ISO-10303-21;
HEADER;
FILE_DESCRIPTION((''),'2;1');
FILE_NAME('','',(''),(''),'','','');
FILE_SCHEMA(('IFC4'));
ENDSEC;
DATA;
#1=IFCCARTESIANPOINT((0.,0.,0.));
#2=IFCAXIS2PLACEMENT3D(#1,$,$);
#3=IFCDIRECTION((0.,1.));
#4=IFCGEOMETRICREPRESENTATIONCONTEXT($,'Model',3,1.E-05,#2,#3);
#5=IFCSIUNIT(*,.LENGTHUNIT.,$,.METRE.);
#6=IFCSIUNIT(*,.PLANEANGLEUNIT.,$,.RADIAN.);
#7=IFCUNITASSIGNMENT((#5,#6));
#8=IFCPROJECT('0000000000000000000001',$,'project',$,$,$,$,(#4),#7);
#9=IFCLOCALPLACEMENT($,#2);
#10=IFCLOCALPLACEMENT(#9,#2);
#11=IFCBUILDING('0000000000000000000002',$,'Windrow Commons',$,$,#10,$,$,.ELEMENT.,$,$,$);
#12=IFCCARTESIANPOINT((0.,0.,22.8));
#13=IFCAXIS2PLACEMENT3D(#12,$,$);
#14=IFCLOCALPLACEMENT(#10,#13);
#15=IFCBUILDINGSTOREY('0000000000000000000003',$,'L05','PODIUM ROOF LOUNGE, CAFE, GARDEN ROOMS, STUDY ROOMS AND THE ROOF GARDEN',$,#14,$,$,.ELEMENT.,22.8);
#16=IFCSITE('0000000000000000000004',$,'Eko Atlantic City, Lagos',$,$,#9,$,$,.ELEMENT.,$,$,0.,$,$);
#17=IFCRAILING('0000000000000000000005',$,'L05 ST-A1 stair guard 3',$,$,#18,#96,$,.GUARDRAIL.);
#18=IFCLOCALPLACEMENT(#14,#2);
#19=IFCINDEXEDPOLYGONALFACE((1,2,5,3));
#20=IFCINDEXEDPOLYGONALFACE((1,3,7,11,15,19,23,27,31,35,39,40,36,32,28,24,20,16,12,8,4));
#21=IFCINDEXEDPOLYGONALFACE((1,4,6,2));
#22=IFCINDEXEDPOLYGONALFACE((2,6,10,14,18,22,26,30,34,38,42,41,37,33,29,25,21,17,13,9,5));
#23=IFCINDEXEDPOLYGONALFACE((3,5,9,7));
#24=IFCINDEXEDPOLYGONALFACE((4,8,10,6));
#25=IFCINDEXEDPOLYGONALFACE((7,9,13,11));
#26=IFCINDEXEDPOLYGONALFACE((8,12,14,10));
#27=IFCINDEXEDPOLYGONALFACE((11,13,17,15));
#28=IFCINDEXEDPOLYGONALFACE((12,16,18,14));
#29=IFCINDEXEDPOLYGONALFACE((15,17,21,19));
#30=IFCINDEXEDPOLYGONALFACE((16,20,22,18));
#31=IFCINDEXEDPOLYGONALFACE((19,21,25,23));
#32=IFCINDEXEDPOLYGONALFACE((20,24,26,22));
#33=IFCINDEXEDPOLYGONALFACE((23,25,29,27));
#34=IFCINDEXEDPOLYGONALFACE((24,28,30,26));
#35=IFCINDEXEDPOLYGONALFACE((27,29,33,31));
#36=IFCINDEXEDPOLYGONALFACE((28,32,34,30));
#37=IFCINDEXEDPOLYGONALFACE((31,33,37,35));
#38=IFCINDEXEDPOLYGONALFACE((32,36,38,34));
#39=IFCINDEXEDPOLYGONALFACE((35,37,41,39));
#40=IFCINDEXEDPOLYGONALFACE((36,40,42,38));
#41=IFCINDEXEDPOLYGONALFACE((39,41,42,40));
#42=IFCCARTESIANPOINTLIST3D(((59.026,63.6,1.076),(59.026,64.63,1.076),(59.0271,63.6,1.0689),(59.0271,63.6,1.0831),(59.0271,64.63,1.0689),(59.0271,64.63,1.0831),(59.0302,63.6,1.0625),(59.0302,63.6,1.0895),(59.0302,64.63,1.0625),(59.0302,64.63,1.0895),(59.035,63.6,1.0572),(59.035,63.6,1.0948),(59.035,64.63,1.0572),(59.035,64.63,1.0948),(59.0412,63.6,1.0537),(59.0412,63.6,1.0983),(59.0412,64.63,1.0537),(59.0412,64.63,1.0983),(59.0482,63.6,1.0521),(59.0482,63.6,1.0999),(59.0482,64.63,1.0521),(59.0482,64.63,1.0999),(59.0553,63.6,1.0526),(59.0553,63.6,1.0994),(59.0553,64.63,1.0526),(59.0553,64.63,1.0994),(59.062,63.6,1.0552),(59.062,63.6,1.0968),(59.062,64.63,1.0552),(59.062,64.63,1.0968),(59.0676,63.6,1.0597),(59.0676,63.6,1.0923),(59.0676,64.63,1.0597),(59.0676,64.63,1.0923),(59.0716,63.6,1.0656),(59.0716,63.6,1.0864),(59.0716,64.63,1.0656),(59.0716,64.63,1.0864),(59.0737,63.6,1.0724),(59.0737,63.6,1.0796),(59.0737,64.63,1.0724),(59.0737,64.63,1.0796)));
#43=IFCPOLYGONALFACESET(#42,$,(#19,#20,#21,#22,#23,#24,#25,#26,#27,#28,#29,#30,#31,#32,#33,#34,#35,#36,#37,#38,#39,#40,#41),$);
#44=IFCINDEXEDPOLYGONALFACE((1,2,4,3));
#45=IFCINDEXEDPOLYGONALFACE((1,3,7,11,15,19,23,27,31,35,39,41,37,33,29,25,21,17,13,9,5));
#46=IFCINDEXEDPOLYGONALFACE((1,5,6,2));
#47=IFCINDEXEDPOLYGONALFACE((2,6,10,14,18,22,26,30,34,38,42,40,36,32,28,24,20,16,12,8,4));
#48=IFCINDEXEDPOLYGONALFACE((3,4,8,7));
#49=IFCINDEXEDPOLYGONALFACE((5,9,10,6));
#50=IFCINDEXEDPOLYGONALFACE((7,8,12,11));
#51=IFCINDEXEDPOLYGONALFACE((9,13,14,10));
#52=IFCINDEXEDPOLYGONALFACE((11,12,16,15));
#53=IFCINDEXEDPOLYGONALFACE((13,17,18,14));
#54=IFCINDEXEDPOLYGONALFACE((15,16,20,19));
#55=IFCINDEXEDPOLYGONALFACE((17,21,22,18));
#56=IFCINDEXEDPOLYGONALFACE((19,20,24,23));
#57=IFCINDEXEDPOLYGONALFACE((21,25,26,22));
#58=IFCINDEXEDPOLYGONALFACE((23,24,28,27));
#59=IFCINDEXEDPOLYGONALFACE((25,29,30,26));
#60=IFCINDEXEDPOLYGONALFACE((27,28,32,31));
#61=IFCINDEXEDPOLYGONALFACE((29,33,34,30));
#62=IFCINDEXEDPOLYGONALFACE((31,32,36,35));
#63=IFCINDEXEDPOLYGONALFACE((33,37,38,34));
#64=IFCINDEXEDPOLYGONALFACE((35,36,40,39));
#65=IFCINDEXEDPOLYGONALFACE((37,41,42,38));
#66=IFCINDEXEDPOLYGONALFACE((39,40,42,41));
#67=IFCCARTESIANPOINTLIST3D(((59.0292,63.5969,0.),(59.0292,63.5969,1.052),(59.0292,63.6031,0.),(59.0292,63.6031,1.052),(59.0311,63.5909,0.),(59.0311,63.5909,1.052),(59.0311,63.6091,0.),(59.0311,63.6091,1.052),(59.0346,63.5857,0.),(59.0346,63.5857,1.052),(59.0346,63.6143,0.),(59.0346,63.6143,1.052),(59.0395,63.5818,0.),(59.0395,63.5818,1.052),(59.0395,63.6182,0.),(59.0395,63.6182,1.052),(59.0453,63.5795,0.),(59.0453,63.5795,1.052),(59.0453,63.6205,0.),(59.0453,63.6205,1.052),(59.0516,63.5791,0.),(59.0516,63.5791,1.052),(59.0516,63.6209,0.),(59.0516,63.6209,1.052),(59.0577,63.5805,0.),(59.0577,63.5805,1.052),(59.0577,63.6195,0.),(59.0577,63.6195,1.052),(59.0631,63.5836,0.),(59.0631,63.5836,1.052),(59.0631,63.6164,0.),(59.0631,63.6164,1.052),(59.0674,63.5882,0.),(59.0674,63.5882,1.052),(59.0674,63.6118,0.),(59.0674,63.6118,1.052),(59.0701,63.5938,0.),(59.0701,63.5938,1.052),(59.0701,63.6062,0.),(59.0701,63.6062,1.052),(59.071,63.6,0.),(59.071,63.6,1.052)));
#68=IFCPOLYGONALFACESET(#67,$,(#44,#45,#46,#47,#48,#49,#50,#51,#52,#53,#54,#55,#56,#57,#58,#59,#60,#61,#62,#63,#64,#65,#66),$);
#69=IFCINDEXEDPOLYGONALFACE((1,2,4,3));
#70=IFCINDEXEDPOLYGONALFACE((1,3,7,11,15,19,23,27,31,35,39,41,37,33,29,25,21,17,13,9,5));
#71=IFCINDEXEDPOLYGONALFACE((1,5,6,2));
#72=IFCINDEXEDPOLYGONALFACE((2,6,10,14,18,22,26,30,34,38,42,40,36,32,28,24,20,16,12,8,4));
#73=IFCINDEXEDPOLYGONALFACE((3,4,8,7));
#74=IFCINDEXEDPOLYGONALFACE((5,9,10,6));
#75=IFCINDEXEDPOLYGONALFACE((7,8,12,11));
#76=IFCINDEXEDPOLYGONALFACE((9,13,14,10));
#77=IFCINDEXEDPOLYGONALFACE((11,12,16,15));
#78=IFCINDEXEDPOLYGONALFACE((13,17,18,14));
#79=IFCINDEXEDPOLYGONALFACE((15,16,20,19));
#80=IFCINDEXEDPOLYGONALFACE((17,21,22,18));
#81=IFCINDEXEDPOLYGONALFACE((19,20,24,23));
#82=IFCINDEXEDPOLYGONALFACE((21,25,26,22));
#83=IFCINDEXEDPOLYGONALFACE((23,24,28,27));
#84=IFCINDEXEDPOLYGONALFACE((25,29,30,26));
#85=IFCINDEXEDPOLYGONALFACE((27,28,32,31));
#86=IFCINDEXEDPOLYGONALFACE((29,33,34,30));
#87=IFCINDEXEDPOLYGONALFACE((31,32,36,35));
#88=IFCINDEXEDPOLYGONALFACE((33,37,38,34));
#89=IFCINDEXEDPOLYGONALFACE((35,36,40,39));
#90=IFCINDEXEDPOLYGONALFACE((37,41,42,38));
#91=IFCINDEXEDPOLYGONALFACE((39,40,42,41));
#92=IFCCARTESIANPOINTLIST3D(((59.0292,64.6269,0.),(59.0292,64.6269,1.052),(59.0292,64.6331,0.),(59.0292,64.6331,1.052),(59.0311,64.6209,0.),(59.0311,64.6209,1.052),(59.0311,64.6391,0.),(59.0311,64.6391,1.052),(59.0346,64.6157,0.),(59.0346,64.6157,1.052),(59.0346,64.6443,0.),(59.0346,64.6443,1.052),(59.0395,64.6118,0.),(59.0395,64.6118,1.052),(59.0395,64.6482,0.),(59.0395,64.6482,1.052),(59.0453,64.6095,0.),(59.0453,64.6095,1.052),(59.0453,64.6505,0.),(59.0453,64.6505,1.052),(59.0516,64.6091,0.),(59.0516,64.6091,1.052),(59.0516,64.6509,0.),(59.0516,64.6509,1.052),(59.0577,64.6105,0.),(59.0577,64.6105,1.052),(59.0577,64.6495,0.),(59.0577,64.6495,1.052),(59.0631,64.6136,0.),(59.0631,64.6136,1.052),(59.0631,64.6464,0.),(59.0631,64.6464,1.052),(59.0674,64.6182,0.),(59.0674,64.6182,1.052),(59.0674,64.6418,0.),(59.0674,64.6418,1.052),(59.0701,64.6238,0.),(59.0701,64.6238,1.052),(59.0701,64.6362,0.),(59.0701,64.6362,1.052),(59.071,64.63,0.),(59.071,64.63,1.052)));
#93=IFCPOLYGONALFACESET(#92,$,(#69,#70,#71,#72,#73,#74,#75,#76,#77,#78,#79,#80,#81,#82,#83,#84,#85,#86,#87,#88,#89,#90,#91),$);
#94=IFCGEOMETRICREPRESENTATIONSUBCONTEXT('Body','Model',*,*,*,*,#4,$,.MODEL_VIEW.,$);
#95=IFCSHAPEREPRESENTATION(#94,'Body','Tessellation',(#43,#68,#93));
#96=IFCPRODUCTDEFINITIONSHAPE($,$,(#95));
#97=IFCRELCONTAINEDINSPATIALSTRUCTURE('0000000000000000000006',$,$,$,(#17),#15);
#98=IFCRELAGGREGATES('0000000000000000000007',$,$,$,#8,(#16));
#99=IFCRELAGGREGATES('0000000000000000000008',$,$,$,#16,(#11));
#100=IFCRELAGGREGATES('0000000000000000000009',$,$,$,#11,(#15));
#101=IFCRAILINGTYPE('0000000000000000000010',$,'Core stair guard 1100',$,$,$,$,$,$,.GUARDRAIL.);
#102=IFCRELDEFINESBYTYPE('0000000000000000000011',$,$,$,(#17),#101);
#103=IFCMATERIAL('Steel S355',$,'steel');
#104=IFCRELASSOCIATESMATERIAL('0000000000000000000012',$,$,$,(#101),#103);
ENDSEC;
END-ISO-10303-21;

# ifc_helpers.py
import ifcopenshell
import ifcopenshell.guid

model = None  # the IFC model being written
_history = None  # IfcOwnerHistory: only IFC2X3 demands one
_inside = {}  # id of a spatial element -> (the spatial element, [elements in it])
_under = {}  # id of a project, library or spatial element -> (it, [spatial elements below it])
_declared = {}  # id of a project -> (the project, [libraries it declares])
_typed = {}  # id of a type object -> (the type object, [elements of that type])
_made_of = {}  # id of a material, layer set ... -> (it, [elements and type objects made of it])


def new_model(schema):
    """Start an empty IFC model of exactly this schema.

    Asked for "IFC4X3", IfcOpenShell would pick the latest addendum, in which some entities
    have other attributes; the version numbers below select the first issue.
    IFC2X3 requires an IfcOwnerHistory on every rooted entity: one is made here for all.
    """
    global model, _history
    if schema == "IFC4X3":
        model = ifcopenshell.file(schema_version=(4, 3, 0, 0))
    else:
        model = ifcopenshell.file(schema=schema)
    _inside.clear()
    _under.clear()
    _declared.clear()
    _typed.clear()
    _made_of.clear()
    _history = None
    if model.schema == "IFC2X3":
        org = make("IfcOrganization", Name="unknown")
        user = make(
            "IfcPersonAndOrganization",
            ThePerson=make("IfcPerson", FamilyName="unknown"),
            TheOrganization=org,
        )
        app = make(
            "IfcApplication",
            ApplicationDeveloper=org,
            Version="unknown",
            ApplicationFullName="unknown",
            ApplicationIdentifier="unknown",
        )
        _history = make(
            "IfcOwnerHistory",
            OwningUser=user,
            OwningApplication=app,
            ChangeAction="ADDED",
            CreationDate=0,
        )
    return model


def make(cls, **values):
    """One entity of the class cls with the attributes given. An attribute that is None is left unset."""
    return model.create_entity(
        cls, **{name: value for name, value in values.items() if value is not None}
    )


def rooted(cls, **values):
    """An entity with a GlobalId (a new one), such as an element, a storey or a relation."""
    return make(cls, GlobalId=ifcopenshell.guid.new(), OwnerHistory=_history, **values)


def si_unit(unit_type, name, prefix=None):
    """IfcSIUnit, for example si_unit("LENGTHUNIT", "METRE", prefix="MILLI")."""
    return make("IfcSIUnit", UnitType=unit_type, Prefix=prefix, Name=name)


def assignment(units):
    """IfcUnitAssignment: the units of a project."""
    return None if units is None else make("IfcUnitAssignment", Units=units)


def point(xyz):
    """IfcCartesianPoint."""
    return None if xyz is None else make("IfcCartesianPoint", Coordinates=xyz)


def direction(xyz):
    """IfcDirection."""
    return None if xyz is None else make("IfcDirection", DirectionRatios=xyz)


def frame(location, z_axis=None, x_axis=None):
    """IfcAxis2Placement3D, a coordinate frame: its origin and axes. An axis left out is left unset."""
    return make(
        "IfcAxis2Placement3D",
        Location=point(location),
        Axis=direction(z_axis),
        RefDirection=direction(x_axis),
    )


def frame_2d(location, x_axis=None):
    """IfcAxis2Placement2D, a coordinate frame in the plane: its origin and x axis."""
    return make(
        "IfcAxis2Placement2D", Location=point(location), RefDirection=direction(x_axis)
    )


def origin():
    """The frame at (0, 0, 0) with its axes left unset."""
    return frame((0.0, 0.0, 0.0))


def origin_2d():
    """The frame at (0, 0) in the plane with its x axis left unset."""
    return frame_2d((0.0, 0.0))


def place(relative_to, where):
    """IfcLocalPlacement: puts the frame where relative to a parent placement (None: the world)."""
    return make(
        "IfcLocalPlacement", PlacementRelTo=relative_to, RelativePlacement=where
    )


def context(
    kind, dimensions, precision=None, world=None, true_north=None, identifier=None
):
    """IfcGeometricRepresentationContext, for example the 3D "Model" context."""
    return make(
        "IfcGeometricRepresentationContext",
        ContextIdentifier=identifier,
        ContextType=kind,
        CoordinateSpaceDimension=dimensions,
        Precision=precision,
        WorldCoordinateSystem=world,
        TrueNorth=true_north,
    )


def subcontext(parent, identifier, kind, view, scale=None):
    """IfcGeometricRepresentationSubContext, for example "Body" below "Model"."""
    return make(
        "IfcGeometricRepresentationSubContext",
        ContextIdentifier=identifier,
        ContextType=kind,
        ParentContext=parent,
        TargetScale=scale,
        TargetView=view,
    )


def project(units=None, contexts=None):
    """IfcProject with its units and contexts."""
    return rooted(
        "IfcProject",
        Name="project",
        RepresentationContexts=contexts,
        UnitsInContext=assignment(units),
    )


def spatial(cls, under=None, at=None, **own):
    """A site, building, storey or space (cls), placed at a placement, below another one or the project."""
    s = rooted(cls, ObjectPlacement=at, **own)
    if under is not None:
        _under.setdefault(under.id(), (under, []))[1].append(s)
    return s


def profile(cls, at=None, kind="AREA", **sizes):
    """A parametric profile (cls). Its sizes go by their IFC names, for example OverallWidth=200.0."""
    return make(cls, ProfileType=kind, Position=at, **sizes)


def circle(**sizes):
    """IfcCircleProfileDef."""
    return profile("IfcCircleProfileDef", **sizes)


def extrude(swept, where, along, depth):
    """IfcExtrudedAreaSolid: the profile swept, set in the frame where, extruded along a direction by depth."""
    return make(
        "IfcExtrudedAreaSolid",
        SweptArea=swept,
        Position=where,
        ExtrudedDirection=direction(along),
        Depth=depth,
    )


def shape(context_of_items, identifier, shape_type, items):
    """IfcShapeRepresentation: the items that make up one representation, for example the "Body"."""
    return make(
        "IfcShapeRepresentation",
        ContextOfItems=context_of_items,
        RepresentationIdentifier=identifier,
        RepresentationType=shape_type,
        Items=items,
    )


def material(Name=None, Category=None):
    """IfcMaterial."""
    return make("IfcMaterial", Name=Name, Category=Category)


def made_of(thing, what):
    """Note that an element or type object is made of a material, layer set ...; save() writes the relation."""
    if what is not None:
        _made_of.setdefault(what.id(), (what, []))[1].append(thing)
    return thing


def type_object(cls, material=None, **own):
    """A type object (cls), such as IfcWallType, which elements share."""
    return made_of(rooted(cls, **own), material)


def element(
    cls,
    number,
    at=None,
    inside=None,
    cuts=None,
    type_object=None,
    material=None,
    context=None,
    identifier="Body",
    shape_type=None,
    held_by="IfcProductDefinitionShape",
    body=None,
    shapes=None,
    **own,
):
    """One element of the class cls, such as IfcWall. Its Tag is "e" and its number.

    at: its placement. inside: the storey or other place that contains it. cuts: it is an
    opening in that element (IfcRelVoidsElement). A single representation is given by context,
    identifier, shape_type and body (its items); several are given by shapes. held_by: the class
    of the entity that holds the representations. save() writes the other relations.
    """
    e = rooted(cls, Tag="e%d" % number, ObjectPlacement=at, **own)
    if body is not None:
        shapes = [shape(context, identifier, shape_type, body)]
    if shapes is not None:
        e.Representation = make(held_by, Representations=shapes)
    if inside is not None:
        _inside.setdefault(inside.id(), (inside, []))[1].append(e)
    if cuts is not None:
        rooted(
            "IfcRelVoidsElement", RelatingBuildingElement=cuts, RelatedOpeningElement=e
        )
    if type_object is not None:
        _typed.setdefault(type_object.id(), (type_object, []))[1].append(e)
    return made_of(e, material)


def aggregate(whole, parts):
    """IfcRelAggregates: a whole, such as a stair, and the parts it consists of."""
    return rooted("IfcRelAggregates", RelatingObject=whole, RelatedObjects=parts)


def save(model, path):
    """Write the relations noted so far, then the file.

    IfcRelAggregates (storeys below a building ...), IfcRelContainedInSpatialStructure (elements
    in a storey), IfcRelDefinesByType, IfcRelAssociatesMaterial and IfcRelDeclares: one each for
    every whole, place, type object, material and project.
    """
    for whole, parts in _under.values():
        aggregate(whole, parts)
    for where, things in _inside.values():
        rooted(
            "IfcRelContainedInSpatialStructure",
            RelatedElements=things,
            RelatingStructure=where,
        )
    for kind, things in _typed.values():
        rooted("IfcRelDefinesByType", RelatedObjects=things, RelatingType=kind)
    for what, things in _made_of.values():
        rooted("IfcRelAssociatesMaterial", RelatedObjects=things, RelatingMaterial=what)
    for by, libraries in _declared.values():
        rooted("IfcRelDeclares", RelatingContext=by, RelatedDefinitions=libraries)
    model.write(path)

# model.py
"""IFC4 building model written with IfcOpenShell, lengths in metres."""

from ifc_helpers import new_model, si_unit, direction, frame, origin, origin_2d, place, context, subcontext, project, spatial, circle, extrude, material, type_object, element, save


model = new_model("IFC4")

# Units and contexts
model_context = context("Model", 3, precision=1e-05, world=origin(), true_north=direction((0.0, 1.0)))
body_context = subcontext(model_context, "Body", "Model", "MODEL_VIEW")
ifc_project = project(units=[si_unit("LENGTHUNIT", "METRE"), si_unit("PLANEANGLEUNIT", "RADIAN")], contexts=[model_context])

# Site, building, storey
site_placement = place(None, origin())
site = spatial("IfcSite", under=ifc_project, at=site_placement, Name="Eko Atlantic City, Lagos", CompositionType="ELEMENT", RefElevation=0.0)
building_placement = place(site_placement, origin())
building = spatial("IfcBuilding", under=site, at=building_placement, Name="Windrow Commons", CompositionType="ELEMENT")
storey_placement = place(building_placement, frame((0.0, 0.0, 22.8)))
storey = spatial("IfcBuildingStorey", under=building, at=storey_placement, Name="L05", Description="PODIUM ROOF LOUNGE, CAFE, GARDEN ROOMS, STUDY ROOMS AND THE ROOF GARDEN", CompositionType="ELEMENT", Elevation=22.8)

# Railing
ifc_material_1 = material(Name="Steel S355", Category="steel")
railing_type = type_object("IfcRailingType", Name="Core stair guard 1100", PredefinedType="GUARDRAIL", material=ifc_material_1)
railing_placement = place(storey_placement, frame((59.05, 63.6, 0.0)))
element("IfcRailing", 1, at=railing_placement, inside=storey, type_object=railing_type, Name="L05 ST-A1 stair guard 3", PredefinedType="GUARDRAIL", context=body_context, shape_type="SweptSolid", body=[
    extrude(circle(Radius=0.024, at=origin_2d()), frame((0.0, 0.0, 1.076), z_axis=(0.0, 1.0, 0.0), x_axis=(-1.0, 0.0, 0.0)), (0.0, 0.0, 1.0), 1.03),
    extrude(circle(Radius=0.021, at=origin_2d()), origin(), (0.0, 0.0, 1.0), 1.052),
    extrude(circle(Radius=0.021, at=origin_2d()), frame((0.0, 1.03, 0.0)), (0.0, 0.0, 1.0), 1.052),
])

save(model, "model.ifc")
